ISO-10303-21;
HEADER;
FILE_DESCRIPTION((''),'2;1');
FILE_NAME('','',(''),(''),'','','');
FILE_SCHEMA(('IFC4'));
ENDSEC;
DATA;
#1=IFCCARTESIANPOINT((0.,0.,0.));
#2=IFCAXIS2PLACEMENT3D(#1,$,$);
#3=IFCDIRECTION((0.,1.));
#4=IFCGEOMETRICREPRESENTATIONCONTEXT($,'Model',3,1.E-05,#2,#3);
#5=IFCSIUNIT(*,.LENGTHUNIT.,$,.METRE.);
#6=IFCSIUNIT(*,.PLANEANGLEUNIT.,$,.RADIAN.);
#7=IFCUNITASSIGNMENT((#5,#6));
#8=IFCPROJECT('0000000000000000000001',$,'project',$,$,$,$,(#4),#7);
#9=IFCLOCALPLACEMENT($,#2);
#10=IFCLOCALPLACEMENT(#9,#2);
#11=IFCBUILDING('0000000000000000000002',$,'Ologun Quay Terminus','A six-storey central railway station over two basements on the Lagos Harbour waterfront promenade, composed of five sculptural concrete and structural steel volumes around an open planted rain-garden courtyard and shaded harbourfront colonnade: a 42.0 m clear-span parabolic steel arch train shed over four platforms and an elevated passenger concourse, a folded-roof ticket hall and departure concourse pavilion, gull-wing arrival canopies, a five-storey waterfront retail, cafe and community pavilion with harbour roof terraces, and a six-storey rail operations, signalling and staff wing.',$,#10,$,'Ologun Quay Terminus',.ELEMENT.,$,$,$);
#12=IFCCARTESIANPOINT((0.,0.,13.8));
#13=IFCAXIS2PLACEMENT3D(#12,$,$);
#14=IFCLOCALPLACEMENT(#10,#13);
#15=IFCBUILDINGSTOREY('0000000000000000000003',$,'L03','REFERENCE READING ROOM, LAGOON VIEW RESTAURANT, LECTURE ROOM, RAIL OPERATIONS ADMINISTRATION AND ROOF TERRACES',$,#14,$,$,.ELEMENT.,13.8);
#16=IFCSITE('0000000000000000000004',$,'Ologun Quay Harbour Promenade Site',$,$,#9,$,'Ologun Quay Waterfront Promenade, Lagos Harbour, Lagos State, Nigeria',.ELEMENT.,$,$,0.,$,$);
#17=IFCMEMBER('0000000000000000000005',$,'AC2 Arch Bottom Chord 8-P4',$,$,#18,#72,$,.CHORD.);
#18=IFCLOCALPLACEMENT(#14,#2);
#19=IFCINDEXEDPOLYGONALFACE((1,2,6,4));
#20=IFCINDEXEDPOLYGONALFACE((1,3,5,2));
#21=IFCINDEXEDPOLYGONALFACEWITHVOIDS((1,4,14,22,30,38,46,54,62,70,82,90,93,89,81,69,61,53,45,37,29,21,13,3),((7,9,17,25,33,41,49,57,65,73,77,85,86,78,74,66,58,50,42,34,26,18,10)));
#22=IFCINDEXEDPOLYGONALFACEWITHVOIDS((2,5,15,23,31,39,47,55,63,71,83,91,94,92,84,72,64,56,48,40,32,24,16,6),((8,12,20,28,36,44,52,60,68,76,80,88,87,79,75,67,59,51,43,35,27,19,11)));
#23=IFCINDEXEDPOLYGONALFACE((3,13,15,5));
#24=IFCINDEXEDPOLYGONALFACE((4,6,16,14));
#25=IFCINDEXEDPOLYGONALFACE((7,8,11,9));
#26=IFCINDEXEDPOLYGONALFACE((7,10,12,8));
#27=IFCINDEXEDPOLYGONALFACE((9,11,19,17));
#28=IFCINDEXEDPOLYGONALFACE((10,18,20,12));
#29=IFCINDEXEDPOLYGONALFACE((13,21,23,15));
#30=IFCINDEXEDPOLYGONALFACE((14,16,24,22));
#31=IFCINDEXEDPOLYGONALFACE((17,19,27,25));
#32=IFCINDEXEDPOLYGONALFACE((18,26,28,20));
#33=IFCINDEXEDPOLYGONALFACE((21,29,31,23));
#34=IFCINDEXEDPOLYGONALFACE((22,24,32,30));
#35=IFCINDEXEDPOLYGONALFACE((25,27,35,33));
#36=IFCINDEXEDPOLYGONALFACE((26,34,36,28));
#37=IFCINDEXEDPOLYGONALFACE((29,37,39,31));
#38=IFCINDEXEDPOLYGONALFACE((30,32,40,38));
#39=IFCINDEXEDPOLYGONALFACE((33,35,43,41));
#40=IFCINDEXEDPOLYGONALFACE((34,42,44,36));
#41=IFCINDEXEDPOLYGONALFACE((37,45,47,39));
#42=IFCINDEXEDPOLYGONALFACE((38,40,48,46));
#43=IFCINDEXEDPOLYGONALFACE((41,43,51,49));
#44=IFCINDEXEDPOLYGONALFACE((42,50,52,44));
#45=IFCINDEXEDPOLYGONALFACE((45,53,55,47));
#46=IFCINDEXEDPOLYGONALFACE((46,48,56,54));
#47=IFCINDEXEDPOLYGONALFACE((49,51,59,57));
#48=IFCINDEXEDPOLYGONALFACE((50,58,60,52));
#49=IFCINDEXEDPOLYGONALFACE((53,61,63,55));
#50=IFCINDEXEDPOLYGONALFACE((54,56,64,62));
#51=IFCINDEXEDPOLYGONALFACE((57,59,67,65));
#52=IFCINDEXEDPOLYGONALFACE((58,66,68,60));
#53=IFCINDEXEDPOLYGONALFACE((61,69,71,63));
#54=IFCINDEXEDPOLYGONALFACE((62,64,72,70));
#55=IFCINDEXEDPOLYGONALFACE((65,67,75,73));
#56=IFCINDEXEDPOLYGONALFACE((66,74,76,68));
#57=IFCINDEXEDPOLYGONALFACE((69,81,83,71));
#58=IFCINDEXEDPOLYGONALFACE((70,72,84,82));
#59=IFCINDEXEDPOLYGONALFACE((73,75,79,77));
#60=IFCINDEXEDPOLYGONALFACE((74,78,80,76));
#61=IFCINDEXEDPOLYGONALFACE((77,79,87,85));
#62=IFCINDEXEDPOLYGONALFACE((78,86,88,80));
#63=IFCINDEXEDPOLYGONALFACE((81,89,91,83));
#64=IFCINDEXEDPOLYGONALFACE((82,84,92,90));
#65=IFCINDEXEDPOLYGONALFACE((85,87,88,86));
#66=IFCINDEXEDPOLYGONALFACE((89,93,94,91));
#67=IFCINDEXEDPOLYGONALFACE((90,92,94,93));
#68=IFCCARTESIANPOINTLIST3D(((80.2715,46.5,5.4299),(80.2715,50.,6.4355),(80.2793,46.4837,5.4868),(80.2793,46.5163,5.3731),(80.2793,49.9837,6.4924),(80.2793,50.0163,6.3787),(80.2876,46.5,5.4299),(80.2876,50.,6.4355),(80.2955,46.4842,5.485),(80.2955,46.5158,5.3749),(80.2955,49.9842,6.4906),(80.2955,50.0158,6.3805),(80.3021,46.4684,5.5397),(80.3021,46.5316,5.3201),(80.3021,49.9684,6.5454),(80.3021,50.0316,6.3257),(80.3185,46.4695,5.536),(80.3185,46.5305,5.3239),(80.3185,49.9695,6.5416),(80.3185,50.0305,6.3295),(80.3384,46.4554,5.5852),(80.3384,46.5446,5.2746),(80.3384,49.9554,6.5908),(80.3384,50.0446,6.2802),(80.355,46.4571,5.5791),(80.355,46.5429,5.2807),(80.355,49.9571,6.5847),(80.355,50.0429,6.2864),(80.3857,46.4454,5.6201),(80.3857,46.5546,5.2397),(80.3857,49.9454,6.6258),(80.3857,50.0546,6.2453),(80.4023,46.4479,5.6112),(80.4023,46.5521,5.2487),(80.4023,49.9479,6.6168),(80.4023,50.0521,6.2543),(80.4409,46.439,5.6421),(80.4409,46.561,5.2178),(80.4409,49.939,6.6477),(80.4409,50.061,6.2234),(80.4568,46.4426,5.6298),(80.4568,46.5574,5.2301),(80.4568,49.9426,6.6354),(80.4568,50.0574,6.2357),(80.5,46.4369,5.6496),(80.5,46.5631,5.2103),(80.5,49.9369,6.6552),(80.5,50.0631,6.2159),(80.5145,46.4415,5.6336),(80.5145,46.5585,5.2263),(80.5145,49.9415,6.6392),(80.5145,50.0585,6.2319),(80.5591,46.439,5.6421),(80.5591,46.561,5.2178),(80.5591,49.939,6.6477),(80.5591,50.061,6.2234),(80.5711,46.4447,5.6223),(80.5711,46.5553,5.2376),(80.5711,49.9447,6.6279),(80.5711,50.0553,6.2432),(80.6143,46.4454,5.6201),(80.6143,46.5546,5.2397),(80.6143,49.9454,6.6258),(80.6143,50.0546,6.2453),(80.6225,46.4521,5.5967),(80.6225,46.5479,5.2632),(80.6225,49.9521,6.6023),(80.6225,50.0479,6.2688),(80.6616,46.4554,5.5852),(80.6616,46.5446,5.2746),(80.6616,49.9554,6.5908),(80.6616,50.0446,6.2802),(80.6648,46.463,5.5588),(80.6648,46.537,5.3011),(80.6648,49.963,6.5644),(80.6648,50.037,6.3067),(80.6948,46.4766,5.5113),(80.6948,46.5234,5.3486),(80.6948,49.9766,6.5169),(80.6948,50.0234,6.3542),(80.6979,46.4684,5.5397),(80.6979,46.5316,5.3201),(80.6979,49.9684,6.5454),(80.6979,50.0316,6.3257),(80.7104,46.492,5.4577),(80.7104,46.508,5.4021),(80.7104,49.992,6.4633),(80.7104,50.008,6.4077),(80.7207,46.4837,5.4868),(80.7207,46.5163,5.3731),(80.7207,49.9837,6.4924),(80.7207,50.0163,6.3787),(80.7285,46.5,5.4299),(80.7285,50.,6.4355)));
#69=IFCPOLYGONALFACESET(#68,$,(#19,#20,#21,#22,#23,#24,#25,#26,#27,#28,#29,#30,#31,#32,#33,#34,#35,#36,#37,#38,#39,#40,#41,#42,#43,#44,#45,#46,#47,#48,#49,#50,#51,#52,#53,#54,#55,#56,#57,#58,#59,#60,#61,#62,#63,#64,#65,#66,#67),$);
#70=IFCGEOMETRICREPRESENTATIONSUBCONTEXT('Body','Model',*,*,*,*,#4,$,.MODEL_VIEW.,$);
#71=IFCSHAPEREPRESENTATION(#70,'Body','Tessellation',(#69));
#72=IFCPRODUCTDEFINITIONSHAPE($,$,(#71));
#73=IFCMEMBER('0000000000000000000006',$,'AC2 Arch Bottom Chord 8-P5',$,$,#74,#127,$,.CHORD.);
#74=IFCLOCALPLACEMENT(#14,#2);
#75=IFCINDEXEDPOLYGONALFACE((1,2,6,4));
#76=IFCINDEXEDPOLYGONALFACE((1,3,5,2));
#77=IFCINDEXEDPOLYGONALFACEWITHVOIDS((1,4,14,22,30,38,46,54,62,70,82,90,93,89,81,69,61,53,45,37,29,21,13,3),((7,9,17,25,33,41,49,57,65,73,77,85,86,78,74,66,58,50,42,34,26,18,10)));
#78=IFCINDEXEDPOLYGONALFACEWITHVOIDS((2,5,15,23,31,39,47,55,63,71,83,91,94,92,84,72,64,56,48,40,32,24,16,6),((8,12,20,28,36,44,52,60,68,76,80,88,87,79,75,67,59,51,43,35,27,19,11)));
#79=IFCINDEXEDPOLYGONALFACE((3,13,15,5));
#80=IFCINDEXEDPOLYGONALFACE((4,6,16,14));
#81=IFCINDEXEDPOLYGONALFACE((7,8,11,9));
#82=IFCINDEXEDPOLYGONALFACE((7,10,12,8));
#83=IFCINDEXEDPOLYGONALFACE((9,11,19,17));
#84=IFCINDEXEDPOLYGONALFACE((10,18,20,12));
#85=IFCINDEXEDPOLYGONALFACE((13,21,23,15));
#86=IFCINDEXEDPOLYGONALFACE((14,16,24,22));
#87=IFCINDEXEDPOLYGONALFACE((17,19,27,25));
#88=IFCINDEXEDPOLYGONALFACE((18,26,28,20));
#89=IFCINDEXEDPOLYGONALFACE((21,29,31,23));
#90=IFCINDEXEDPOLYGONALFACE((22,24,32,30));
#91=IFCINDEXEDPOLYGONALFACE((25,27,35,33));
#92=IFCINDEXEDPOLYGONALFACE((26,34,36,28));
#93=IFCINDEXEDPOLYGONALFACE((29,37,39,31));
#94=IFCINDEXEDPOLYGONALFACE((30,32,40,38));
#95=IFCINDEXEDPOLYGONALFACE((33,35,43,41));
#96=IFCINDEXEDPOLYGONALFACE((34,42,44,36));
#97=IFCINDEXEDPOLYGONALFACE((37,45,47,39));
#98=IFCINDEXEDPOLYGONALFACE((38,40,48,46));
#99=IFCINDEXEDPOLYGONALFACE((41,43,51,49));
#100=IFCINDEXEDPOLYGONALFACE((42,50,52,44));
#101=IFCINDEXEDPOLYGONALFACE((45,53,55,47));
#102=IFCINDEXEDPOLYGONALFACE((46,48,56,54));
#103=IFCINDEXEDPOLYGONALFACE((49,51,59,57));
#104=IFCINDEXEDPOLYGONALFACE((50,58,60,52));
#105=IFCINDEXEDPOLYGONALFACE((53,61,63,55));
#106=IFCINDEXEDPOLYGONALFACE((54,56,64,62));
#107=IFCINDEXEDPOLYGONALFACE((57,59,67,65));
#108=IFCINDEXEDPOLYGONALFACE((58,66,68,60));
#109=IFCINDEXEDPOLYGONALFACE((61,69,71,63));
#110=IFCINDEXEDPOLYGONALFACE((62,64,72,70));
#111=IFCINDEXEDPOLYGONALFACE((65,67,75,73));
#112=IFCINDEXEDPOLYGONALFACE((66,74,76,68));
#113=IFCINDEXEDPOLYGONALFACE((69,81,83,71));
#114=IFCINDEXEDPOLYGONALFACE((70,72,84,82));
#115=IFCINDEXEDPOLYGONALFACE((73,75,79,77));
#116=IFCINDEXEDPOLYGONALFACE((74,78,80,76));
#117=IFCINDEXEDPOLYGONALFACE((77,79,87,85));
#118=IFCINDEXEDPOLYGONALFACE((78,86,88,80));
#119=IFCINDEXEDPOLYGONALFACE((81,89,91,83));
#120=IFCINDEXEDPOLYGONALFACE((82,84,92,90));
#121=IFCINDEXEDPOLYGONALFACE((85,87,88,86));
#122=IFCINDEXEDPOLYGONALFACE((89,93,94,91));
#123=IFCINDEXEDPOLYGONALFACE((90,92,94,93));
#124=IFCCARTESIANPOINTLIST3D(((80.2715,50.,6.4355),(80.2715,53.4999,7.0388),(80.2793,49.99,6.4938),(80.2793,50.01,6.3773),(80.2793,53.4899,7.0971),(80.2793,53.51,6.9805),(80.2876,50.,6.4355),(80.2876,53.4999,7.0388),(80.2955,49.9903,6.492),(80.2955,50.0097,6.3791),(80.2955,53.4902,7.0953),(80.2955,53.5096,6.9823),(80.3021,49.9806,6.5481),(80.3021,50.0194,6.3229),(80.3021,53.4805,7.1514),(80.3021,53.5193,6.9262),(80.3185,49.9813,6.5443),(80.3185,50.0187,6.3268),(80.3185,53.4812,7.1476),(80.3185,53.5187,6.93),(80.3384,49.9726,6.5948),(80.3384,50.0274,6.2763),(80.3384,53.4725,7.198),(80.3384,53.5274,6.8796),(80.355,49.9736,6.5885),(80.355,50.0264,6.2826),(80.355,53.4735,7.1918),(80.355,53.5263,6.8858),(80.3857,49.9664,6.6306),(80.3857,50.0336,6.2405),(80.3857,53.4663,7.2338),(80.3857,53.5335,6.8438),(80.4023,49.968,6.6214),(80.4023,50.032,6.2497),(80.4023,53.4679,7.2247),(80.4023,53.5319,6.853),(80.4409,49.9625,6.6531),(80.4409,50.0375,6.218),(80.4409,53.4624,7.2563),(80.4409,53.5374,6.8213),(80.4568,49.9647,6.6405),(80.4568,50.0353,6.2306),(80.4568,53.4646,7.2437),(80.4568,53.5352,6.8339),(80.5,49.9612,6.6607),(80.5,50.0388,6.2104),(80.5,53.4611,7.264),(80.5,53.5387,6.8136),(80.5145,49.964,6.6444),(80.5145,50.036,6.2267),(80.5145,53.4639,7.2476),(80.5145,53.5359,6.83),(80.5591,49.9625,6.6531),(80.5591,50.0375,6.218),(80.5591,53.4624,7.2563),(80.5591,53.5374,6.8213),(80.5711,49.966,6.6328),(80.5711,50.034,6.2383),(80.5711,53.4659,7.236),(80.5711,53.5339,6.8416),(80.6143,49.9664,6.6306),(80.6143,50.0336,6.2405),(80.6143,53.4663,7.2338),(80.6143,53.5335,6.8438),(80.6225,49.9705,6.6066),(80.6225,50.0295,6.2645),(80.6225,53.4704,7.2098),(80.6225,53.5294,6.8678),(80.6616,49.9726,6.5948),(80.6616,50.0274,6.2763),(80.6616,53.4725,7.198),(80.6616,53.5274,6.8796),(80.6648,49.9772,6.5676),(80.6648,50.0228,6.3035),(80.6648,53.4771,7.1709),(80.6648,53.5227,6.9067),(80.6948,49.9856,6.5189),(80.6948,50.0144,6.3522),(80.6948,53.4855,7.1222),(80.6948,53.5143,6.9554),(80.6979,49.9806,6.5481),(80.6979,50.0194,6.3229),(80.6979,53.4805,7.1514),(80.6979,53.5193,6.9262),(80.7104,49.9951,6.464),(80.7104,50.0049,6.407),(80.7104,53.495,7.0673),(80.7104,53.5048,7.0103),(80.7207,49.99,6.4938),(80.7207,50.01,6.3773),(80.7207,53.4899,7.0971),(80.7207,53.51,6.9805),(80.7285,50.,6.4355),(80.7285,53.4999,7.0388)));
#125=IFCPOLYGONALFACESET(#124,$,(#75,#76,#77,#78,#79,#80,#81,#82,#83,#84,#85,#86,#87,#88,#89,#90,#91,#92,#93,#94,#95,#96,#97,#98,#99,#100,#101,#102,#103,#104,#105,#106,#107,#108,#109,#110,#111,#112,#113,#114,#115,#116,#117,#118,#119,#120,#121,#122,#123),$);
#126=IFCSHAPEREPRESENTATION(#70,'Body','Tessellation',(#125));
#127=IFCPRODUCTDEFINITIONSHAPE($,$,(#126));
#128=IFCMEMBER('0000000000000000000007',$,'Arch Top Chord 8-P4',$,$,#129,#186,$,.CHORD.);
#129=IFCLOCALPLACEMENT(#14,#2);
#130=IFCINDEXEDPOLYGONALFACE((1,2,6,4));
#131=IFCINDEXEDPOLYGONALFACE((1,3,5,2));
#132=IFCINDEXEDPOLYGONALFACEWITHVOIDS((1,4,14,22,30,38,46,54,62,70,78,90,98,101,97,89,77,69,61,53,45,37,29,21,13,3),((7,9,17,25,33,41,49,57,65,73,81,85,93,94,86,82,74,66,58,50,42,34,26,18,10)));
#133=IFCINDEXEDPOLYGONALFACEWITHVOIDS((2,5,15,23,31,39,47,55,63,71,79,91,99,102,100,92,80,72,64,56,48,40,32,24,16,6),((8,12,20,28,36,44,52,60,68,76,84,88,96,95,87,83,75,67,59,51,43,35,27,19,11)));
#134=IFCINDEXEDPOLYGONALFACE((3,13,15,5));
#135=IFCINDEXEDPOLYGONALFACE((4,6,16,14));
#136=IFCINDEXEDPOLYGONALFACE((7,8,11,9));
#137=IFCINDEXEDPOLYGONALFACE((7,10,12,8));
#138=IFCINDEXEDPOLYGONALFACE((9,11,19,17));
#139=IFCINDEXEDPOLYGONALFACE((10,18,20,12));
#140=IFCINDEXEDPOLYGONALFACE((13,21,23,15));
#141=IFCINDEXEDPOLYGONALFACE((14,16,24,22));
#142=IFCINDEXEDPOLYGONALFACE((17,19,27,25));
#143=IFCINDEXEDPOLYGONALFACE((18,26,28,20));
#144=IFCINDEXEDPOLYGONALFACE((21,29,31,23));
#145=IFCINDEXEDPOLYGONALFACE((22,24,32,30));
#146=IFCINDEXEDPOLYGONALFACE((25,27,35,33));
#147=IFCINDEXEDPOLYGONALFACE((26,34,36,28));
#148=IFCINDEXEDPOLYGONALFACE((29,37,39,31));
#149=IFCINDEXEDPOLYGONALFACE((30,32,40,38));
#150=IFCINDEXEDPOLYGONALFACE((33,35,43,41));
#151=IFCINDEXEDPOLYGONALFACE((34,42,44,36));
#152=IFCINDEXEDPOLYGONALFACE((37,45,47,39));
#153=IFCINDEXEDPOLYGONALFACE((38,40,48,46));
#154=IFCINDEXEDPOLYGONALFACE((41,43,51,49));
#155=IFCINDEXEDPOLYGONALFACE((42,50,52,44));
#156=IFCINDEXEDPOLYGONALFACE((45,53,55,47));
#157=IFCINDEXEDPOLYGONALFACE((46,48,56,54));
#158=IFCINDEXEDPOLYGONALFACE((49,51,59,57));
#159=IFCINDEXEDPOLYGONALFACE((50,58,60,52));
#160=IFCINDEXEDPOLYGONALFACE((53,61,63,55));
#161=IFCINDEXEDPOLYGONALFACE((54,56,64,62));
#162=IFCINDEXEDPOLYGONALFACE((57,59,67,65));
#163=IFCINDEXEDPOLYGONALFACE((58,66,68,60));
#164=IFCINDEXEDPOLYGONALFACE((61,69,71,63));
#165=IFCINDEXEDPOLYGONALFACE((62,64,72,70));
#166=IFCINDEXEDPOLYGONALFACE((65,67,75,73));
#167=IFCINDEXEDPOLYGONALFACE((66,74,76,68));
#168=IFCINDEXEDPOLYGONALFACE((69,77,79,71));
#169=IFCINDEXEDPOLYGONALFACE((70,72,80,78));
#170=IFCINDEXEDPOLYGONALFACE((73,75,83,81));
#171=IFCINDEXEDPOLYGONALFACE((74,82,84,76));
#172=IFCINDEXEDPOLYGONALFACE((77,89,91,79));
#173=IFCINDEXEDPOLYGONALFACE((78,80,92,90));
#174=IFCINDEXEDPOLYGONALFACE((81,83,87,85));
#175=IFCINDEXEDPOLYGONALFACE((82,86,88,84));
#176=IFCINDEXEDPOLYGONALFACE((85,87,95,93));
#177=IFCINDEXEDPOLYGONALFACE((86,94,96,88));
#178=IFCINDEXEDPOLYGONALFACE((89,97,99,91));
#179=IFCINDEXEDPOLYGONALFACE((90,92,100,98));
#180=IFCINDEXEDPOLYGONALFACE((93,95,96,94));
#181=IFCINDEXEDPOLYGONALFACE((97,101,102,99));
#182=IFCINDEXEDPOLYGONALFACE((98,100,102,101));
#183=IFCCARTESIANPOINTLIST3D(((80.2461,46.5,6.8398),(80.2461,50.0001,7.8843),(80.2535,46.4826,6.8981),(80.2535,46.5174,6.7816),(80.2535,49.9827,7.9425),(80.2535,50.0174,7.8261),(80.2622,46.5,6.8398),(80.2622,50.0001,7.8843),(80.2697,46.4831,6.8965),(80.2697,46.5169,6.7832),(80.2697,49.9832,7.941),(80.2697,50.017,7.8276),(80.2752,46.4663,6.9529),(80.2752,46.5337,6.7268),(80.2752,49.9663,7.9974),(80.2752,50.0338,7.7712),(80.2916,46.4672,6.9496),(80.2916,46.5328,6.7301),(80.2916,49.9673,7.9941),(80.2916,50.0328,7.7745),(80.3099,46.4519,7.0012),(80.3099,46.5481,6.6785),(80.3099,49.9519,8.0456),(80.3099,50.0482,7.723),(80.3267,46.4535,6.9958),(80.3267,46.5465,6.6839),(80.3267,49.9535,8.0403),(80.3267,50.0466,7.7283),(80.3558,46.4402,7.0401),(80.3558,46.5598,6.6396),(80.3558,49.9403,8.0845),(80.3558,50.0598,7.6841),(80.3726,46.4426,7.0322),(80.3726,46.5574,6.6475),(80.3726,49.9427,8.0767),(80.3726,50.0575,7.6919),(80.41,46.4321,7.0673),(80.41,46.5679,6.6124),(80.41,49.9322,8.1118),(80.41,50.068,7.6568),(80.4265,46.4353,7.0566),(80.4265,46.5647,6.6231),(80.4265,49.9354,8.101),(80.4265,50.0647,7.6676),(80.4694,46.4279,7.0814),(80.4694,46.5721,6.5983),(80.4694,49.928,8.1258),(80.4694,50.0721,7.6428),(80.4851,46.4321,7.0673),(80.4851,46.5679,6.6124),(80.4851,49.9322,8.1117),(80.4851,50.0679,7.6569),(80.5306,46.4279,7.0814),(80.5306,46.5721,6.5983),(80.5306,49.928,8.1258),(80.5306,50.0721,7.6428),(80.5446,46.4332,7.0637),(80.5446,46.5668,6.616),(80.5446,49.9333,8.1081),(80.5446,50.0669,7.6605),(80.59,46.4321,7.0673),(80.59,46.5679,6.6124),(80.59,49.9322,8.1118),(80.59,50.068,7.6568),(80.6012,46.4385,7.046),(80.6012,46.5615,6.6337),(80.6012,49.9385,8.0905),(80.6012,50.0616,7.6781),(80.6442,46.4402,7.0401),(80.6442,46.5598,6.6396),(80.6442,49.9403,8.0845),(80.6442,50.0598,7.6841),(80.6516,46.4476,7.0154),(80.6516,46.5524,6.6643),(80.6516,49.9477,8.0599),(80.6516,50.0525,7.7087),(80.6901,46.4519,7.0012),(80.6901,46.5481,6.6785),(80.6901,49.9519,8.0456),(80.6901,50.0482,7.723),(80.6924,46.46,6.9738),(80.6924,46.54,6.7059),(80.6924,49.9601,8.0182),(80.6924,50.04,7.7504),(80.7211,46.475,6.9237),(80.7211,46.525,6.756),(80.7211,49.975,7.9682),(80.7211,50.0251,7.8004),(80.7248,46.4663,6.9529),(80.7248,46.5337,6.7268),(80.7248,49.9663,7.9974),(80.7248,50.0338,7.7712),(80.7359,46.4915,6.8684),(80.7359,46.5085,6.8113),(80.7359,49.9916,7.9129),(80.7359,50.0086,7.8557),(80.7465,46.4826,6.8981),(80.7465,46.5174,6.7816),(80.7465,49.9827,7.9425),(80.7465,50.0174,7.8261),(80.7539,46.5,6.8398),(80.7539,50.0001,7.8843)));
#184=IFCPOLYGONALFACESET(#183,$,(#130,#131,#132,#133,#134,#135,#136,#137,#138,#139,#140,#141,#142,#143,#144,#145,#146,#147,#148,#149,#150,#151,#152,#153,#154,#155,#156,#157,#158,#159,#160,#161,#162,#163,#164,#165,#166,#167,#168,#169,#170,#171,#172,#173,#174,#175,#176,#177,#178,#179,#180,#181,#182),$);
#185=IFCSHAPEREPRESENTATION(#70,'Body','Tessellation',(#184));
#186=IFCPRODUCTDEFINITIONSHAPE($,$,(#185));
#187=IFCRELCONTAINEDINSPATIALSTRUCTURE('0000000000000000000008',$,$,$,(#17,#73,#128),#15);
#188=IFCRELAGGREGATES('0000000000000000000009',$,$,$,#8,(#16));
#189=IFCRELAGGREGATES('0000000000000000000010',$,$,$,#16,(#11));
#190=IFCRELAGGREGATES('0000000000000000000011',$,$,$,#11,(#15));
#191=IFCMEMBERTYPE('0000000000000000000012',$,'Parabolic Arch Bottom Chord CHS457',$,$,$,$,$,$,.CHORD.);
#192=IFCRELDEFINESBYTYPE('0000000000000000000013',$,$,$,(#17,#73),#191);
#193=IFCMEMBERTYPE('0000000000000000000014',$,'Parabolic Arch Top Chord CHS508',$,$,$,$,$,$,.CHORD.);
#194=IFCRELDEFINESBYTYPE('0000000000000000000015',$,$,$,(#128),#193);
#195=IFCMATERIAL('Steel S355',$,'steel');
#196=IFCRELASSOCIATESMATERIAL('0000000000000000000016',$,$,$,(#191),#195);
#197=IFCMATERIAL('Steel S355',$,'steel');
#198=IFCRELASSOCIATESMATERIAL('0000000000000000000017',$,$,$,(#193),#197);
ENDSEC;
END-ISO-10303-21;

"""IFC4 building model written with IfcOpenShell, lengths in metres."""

from ifc_helpers import new_model, si_unit, direction, frame, origin, origin_2d, place, context, subcontext, project, spatial, hollow_circle, extrude, material, material_profile, profile_set, type_object, element, save


model = new_model("IFC4")

# Units and contexts
model_context = context("Model", 3, precision=1e-05, world=origin(), true_north=direction((0.0, 1.0)))
body_context = subcontext(model_context, "Body", "Model", "MODEL_VIEW")
ifc_project = project(units=[si_unit("LENGTHUNIT", "METRE"), si_unit("PLANEANGLEUNIT", "RADIAN")], contexts=[model_context])

# Site, building, storey
site_placement = place(None, origin())
site = spatial("IfcSite", under=ifc_project, at=site_placement, Name="Ologun Quay Harbour Promenade Site", LongName="Ologun Quay Waterfront Promenade, Lagos Harbour, Lagos State, Nigeria", CompositionType="ELEMENT", RefElevation=0.0)
building_placement = place(site_placement, origin())
building = spatial("IfcBuilding", under=site, at=building_placement, Name="Ologun Quay Terminus", Description="A six-storey central railway station over two basements on the Lagos Harbour waterfront promenade, composed of five sculptural concrete and structural steel volumes around an open planted rain-garden courtyard and shaded harbourfront colonnade: a 42.0 m clear-span parabolic steel arch train shed over four platforms and an elevated passenger concourse, a folded-roof ticket hall and departure concourse pavilion, gull-wing arrival canopies, a five-storey waterfront retail, cafe and community pavilion with harbour roof terraces, and a six-storey rail operations, signalling and staff wing.", LongName="Ologun Quay Terminus", CompositionType="ELEMENT")
storey_placement = place(building_placement, frame((0.0, 0.0, 13.8)))
storey = spatial("IfcBuildingStorey", under=building, at=storey_placement, Name="L03", Description="REFERENCE READING ROOM, LAGOON VIEW RESTAURANT, LECTURE ROOM, RAIL OPERATIONS ADMINISTRATION AND ROOF TERRACES", CompositionType="ELEMENT", Elevation=13.8)

# Members
ifc_material_1 = material(Name="Steel S355", Category="steel")
ifc_material_profile_1 = material_profile(ifc_material_1, hollow_circle(Radius=0.2285, WallThickness=0.0161, at=origin_2d()), Name="CHS 457x16")
ifc_profile_set_1 = profile_set([ifc_material_profile_1], Name="Steel S355")
member_type_1 = type_object("IfcMemberType", Name="Parabolic Arch Bottom Chord CHS457", PredefinedType="CHORD", material=ifc_profile_set_1)
member_1_placement = place(storey_placement, frame((80.5, 46.5, 5.4299), z_axis=(0.0, 0.961116, 0.276146), x_axis=(-1.0, 0.0, 0.0)))
element("IfcMember", 1, at=member_1_placement, inside=storey, type_object=member_type_1, Name="AC2 Arch Bottom Chord 8-P4", PredefinedType="CHORD", context=body_context, shape_type="SweptSolid", body=[
    extrude(hollow_circle(Radius=0.2285, WallThickness=0.0161, at=origin_2d()), origin(), (0.0, 0.0, 1.0), 3.6416),
])
member_2_placement = place(storey_placement, frame((80.5, 50.0, 6.4355), z_axis=(0.0, 0.985468, 0.169859), x_axis=(-1.0, 0.0, 0.0)))
element("IfcMember", 2, at=member_2_placement, inside=storey, type_object=member_type_1, Name="AC2 Arch Bottom Chord 8-P5", PredefinedType="CHORD", context=body_context, shape_type="SweptSolid", body=[
    extrude(hollow_circle(Radius=0.2285, WallThickness=0.0161, at=origin_2d()), origin(), (0.0, 0.0, 1.0), 3.5515),
])
ifc_material_2 = material(Name="Steel S355", Category="steel")
ifc_material_profile_2 = material_profile(ifc_material_2, hollow_circle(Radius=0.2539, WallThickness=0.0161, at=origin_2d()), Name="CHS 508x16")
ifc_profile_set_2 = profile_set([ifc_material_profile_2], Name="Steel S355")
member_type_2 = type_object("IfcMemberType", Name="Parabolic Arch Top Chord CHS508", PredefinedType="CHORD", material=ifc_profile_set_2)
member_3_placement = place(storey_placement, frame((80.5, 46.5, 6.8398), z_axis=(0.0, 0.958245, 0.285949), x_axis=(-1.0, 0.0, 0.0)))
element("IfcMember", 3, at=member_3_placement, inside=storey, type_object=member_type_2, Name="Arch Top Chord 8-P4", PredefinedType="CHORD", context=body_context, shape_type="SweptSolid", body=[
    extrude(hollow_circle(Radius=0.2539, WallThickness=0.0161, at=origin_2d()), origin(), (0.0, 0.0, 1.0), 3.6526),
])

save(model, "model.ifc")
